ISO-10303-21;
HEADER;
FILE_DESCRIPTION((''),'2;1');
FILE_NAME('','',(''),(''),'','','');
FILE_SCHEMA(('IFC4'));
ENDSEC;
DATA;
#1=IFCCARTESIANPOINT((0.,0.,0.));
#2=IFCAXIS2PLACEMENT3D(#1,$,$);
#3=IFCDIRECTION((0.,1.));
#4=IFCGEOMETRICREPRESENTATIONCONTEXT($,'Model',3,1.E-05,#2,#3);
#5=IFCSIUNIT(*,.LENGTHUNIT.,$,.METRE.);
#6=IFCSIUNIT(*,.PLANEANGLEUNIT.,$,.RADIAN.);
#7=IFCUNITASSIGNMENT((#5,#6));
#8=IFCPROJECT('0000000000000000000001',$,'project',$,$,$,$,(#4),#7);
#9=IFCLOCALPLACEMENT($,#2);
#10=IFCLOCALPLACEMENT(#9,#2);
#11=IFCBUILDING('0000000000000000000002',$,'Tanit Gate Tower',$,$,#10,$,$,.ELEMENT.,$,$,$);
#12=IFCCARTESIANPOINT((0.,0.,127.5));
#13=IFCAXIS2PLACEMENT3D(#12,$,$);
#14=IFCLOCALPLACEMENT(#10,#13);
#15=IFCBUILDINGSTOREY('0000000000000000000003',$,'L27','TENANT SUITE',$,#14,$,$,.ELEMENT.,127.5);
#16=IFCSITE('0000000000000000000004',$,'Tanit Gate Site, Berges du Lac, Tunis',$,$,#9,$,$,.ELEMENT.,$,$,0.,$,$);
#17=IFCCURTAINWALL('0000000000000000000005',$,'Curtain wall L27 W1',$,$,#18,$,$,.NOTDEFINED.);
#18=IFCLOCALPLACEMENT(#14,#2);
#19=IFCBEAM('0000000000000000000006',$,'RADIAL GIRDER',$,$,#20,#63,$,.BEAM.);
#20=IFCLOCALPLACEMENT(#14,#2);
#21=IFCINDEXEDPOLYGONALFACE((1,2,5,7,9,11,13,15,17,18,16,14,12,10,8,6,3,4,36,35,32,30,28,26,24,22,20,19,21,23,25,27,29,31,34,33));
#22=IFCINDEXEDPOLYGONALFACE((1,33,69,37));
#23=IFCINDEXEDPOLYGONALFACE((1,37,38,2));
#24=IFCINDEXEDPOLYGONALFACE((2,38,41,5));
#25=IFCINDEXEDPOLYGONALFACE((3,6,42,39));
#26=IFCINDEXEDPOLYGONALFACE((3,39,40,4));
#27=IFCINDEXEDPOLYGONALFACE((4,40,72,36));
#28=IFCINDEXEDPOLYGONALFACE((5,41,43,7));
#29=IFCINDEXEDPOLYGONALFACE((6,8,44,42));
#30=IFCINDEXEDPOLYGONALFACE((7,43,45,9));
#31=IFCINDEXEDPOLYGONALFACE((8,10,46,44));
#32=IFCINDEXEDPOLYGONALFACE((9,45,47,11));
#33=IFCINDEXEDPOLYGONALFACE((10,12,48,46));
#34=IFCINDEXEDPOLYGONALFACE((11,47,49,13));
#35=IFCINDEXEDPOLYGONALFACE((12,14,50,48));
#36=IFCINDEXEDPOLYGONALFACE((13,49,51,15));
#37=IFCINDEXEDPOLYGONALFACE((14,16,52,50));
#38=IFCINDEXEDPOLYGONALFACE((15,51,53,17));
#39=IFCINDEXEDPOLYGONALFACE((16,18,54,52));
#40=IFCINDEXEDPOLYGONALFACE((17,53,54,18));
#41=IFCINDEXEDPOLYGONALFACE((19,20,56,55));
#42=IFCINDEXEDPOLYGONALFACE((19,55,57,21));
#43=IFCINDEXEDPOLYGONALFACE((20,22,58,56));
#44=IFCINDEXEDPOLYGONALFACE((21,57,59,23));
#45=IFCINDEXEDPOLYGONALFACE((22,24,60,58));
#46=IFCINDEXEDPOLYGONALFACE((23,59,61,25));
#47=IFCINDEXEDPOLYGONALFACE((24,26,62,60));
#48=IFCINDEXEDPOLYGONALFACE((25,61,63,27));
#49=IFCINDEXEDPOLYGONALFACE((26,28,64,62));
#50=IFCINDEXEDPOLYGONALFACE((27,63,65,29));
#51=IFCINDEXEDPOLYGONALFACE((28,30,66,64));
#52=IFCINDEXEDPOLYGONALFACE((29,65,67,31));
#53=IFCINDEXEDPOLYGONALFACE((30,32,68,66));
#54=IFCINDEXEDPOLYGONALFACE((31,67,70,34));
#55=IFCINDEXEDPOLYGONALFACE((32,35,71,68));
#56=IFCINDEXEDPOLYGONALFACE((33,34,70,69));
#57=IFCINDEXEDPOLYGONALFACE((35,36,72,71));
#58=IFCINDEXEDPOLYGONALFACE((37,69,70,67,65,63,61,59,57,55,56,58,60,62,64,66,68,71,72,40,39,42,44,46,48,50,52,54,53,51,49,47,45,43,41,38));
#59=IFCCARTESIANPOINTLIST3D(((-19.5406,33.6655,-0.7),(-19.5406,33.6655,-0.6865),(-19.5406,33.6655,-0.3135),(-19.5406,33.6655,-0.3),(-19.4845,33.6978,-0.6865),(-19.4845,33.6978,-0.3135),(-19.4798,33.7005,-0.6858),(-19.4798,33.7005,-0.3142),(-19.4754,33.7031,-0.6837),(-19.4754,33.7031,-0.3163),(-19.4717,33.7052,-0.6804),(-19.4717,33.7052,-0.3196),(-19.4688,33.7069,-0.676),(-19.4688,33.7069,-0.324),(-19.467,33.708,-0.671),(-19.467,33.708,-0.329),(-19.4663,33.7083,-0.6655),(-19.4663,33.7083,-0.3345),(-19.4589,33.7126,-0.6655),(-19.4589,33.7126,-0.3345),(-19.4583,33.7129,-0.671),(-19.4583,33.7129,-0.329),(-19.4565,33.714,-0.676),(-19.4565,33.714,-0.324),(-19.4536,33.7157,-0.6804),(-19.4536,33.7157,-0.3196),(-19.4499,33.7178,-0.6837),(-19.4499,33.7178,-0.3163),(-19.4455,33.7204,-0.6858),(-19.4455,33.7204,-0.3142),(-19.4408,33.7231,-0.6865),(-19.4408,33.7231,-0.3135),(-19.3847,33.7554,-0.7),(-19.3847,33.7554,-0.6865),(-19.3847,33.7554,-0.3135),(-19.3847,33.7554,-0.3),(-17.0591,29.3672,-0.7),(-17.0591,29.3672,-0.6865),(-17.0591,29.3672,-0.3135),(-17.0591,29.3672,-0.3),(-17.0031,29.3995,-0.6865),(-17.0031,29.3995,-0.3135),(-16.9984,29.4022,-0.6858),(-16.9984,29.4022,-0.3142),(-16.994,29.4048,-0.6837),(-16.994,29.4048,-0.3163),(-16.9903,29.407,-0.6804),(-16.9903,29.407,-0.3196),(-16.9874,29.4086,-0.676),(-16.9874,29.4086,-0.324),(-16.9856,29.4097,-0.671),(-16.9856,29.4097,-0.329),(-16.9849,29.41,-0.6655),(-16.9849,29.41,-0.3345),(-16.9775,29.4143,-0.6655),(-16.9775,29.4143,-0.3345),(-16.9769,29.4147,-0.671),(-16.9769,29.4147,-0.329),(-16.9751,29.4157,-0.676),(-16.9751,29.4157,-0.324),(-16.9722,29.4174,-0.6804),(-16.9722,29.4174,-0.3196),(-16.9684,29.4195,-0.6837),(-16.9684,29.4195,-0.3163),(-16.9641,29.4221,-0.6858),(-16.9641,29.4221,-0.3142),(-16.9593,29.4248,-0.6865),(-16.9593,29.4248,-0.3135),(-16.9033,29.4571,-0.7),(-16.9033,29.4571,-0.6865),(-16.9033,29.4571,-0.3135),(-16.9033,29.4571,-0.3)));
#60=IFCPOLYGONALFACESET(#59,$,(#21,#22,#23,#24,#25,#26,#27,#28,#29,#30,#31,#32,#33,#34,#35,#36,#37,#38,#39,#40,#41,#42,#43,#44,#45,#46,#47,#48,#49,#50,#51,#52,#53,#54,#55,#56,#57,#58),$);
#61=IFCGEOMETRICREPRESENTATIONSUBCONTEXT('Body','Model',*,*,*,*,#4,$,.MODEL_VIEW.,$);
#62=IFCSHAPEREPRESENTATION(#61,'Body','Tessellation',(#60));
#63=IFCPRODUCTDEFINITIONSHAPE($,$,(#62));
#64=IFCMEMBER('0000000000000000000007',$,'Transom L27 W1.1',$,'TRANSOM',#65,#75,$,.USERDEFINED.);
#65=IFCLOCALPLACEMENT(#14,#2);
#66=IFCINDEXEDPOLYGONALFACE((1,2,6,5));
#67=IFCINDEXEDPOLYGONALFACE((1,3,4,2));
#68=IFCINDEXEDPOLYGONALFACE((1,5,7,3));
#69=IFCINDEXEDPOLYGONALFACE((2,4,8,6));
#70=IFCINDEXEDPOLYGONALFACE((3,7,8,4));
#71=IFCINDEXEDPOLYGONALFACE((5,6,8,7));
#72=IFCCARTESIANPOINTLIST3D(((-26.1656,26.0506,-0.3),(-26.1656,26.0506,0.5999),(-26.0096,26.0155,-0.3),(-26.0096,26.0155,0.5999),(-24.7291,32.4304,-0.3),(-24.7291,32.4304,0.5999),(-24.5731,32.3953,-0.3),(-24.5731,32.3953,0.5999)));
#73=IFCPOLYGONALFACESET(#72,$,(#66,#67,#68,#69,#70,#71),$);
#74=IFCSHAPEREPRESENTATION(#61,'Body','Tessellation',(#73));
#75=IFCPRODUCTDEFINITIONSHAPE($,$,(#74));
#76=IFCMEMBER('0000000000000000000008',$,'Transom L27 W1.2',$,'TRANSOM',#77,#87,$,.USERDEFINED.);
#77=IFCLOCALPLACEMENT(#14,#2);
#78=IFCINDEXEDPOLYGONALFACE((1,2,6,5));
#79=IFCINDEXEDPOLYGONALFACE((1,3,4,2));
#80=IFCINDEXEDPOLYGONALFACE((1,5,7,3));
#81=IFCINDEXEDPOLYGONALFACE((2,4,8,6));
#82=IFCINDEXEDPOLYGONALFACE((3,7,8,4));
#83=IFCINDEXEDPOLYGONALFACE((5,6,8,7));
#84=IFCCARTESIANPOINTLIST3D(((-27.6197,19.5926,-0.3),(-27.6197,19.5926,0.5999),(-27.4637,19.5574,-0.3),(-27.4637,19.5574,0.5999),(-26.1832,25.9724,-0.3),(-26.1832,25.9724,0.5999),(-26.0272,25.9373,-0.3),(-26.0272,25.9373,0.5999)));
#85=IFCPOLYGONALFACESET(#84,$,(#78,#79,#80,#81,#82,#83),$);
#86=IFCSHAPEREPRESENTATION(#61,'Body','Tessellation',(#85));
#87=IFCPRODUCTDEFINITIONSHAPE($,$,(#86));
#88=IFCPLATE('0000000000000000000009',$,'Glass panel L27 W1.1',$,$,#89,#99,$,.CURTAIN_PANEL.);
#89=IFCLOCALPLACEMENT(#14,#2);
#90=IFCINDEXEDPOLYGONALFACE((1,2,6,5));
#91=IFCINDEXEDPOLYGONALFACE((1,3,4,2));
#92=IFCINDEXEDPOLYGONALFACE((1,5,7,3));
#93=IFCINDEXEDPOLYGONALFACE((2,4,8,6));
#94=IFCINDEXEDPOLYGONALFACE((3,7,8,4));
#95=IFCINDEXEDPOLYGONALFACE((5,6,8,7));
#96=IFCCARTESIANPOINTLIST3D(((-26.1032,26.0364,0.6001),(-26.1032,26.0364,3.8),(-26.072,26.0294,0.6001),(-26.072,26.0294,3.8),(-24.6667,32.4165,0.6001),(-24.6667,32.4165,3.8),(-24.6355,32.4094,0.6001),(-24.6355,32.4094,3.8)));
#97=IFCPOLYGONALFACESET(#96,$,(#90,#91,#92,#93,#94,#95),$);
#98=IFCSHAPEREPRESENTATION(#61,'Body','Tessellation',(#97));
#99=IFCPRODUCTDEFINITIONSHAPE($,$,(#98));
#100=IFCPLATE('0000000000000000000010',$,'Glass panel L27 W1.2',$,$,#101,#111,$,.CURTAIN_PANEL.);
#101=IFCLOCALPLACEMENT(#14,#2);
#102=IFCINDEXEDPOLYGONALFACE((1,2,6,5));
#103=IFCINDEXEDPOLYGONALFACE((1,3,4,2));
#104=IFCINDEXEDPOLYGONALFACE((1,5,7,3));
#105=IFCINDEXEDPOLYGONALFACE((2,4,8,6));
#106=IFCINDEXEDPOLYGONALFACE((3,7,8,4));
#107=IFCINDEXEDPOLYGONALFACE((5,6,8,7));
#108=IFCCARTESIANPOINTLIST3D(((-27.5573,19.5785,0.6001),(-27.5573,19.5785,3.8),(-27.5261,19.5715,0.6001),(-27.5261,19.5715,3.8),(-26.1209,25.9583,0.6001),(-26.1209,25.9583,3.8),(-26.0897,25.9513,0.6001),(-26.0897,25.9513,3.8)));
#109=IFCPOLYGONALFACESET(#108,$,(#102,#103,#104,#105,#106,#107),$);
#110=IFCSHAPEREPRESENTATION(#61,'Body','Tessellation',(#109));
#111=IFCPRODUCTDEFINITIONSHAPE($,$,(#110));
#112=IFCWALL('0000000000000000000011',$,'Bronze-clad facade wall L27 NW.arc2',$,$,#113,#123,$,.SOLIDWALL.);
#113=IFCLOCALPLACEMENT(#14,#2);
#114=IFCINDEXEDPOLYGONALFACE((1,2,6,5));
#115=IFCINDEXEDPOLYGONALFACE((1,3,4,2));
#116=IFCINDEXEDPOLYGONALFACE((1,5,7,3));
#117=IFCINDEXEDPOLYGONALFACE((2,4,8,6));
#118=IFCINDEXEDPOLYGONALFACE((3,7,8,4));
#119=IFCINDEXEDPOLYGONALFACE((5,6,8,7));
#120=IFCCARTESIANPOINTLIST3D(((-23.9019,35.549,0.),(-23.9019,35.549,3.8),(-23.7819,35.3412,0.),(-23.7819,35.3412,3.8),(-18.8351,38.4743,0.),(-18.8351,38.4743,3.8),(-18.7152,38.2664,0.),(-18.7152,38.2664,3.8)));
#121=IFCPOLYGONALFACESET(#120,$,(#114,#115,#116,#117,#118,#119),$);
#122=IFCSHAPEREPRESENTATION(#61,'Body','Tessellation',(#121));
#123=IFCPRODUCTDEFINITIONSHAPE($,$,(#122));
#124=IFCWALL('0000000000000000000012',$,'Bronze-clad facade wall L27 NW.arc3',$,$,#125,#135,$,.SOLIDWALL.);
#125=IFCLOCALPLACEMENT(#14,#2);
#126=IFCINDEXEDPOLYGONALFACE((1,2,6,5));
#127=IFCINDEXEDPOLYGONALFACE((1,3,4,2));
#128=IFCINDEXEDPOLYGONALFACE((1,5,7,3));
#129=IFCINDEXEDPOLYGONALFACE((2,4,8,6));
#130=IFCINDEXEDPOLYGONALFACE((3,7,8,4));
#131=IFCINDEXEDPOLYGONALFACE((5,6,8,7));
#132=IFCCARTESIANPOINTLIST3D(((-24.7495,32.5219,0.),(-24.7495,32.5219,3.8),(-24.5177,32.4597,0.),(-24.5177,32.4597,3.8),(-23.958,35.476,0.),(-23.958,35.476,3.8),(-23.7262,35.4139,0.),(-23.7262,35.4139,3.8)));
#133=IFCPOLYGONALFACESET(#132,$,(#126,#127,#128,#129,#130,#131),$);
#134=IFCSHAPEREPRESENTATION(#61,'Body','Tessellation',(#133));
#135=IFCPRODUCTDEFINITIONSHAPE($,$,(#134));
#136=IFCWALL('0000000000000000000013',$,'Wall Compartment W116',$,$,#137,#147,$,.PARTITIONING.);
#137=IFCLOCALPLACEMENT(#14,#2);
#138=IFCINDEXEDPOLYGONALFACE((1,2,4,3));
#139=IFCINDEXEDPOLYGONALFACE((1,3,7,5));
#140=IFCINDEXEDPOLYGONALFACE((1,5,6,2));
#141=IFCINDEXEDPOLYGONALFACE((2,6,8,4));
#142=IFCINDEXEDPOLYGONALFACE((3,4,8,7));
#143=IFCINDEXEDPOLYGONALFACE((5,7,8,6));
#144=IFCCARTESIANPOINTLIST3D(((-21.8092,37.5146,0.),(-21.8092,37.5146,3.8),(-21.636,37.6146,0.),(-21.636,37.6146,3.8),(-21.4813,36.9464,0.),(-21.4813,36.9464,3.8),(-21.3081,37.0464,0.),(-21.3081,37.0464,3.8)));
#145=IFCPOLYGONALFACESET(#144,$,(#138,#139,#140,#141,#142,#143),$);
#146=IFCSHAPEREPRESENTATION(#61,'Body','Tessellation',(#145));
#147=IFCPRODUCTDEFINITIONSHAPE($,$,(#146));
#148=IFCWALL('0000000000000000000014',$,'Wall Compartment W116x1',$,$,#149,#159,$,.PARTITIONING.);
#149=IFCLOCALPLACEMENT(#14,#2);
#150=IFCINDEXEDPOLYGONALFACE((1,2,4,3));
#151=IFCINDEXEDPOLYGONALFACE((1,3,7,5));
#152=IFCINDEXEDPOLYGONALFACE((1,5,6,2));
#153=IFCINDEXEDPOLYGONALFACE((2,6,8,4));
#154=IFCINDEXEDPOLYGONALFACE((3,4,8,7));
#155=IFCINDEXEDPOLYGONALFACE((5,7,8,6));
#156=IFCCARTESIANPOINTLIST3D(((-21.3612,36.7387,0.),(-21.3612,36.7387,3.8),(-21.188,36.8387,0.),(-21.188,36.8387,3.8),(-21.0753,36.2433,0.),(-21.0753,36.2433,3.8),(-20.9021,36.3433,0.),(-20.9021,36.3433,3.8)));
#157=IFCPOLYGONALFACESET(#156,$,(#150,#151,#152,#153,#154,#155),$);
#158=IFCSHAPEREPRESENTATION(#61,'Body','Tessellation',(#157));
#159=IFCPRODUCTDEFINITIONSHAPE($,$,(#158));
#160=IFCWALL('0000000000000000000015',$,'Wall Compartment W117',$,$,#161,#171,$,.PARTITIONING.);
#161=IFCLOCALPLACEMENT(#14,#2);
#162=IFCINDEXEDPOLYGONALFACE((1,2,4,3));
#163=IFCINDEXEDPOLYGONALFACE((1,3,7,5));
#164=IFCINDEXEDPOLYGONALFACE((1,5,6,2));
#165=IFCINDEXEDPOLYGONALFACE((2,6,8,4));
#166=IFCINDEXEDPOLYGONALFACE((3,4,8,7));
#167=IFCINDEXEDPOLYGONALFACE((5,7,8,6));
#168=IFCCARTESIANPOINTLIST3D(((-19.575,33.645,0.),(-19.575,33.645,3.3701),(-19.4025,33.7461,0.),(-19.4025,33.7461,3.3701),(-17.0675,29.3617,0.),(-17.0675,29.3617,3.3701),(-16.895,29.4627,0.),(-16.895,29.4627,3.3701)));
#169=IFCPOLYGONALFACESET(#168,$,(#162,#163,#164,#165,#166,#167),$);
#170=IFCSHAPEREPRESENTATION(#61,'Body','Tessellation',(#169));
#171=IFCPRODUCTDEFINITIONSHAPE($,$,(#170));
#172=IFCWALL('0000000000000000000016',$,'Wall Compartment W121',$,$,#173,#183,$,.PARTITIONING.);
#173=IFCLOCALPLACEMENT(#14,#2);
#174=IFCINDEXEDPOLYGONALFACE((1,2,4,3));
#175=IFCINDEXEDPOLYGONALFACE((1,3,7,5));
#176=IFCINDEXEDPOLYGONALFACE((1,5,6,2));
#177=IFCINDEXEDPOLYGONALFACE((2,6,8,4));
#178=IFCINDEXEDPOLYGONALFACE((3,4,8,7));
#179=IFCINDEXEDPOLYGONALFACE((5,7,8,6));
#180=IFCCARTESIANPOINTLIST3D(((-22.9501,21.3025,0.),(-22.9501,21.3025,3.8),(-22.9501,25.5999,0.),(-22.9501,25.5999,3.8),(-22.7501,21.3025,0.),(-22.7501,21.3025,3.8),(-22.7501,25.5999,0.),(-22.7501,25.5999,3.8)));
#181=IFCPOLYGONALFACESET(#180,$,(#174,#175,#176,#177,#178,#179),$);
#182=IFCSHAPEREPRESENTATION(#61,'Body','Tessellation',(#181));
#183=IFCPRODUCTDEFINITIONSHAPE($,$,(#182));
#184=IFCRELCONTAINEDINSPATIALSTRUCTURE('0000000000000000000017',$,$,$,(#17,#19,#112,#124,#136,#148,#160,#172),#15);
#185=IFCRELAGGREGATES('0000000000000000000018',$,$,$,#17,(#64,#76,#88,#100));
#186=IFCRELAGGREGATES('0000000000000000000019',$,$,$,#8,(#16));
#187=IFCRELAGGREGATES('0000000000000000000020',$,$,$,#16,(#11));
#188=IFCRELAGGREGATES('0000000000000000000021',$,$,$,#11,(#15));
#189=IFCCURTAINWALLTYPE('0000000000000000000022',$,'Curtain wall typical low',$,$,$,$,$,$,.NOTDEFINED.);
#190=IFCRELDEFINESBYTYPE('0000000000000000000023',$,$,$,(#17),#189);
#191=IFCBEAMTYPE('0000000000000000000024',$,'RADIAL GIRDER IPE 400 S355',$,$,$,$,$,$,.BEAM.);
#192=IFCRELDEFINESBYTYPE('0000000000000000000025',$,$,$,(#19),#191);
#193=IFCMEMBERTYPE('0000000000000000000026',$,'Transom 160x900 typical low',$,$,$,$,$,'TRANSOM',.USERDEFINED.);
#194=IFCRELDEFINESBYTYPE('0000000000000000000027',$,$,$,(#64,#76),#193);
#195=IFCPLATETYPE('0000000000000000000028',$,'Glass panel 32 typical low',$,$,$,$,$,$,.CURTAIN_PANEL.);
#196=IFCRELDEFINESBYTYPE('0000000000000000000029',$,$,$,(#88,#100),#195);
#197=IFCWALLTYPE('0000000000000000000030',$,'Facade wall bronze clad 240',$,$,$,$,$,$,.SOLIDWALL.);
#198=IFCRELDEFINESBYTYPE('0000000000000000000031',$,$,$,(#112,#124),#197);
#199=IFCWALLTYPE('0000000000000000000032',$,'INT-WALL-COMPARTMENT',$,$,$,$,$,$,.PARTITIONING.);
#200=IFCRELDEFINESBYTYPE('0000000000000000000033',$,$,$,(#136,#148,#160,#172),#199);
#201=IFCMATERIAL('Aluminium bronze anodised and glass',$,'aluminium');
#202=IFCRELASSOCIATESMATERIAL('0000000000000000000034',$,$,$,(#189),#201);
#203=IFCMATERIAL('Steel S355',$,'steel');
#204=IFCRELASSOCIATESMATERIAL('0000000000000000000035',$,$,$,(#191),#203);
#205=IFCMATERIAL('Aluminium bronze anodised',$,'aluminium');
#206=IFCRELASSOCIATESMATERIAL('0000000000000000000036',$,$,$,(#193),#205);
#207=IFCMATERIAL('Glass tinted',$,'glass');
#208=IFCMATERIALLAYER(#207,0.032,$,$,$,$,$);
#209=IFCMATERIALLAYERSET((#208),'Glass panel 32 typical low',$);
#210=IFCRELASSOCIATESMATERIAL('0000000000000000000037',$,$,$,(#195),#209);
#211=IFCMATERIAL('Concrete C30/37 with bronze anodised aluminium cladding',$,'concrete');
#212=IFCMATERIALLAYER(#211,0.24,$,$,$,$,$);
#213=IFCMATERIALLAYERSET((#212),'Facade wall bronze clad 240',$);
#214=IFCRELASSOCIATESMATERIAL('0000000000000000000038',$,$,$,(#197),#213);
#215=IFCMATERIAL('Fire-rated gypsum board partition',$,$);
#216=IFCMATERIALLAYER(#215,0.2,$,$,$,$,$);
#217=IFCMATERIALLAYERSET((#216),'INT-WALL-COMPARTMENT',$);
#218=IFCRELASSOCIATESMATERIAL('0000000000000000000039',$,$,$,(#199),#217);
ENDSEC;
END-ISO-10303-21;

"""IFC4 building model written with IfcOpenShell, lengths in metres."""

from ifc_helpers import new_model, si_unit, direction, frame, frame_2d, origin, origin_2d, place, context, subcontext, project, spatial, rectangle, i_section, extrude, material, layer, layer_set, material_profile, profile_set, type_object, element, aggregate, save


model = new_model("IFC4")

# Units and contexts
model_context = context("Model", 3, precision=1e-05, world=origin(), true_north=direction((0.0, 1.0)))
body_context = subcontext(model_context, "Body", "Model", "MODEL_VIEW")
ifc_project = project(units=[si_unit("LENGTHUNIT", "METRE"), si_unit("PLANEANGLEUNIT", "RADIAN")], contexts=[model_context])

# Site, building, storey
site_placement = place(None, origin())
site = spatial("IfcSite", under=ifc_project, at=site_placement, Name="Tanit Gate Site, Berges du Lac, Tunis", CompositionType="ELEMENT", RefElevation=0.0)
building_placement = place(site_placement, origin())
building = spatial("IfcBuilding", under=site, at=building_placement, Name="Tanit Gate Tower", CompositionType="ELEMENT")
storey_placement = place(building_placement, frame((0.0, 0.0, 127.5)))
storey = spatial("IfcBuildingStorey", under=building, at=storey_placement, Name="L27", Description="TENANT SUITE", CompositionType="ELEMENT", Elevation=127.5)

# Curtain wall
ifc_material_1 = material(Name="Aluminium bronze anodised and glass", Category="aluminium")
curtain_wall_type = type_object("IfcCurtainWallType", Name="Curtain wall typical low", PredefinedType="NOTDEFINED", material=ifc_material_1)
curtain_wall_placement = place(storey_placement, origin())
curtain_wall = element("IfcCurtainWall", 1, at=curtain_wall_placement, inside=storey, type_object=curtain_wall_type, Name="Curtain wall L27 W1", PredefinedType="NOTDEFINED")

# Beam
ifc_material_2 = material(Name="Steel S355", Category="steel")
ifc_material_profile_1 = material_profile(ifc_material_2, i_section(OverallWidth=0.1799, OverallDepth=0.3999, WebThickness=0.0085, FlangeThickness=0.0134, FilletRadius=0.021, at=origin_2d()), Name="IPE 400")
ifc_profile_set_1 = profile_set([ifc_material_profile_1], Name="Steel S355")
beam_type_1 = type_object("IfcBeamType", Name="RADIAL GIRDER IPE 400 S355", PredefinedType="BEAM", material=ifc_profile_set_1)
beam_1_placement = place(storey_placement, frame((-19.4626, 33.7104, -0.5), z_axis=(0.499969, -0.866043, 0.0), x_axis=(0.866043, 0.499969, 0.0)))
element("IfcBeam", 2, at=beam_1_placement, inside=storey, type_object=beam_type_1, Name="RADIAL GIRDER", PredefinedType="BEAM", context=body_context, shape_type="SweptSolid", body=[
    extrude(i_section(OverallWidth=0.1799, OverallDepth=0.3999, WebThickness=0.0085, FlangeThickness=0.0134, FilletRadius=0.021, at=origin_2d()), origin(), (0.0, 0.0, 1.0), 4.9631),
])

# Members
ifc_material_3 = material(Name="Aluminium bronze anodised", Category="aluminium")
ifc_material_profile_2 = material_profile(ifc_material_3, rectangle(XDim=0.1599, YDim=0.8999, at=origin_2d()), Name="160x900 bronze transom")
ifc_profile_set_2 = profile_set([ifc_material_profile_2], Name="Aluminium bronze anodised")
member_type_1 = type_object("IfcMemberType", Name="Transom 160x900 typical low", ElementType="TRANSOM", PredefinedType="USERDEFINED", material=ifc_profile_set_2)
member_1_placement = place(storey_placement, frame((-24.6511, 32.4128, 0.1499), z_axis=(-0.219665, -0.975575, 0.0), x_axis=(0.975575, -0.219665, 0.0)))
member_1 = element("IfcMember", 3, at=member_1_placement, type_object=member_type_1, Name="Transom L27 W1.1", ObjectType="TRANSOM", PredefinedType="USERDEFINED", context=body_context, shape_type="SweptSolid", body=[
    extrude(rectangle(XDim=0.1599, YDim=0.8999, at=origin_2d()), origin(), (0.0, 0.0, 1.0), 6.5396),
])
member_2_placement = place(storey_placement, frame((-26.1052, 25.9548, 0.1499), z_axis=(-0.219665, -0.975575, 0.0), x_axis=(0.975575, -0.219665, 0.0)))
member_2 = element("IfcMember", 4, at=member_2_placement, type_object=member_type_1, Name="Transom L27 W1.2", ObjectType="TRANSOM", PredefinedType="USERDEFINED", context=body_context, shape_type="SweptSolid", body=[
    extrude(rectangle(XDim=0.1599, YDim=0.8999, at=origin_2d()), origin(), (0.0, 0.0, 1.0), 6.5396),
])

# Plates
ifc_material_4 = material(Name="Glass tinted", Category="glass")
ifc_layer_1 = layer(ifc_material_4, 0.032)
ifc_layer_set_1 = layer_set([ifc_layer_1], Name="Glass panel 32 typical low")
plate_type = type_object("IfcPlateType", Name="Glass panel 32 typical low", PredefinedType="CURTAIN_PANEL", material=ifc_layer_set_1)
plate_1_placement = place(storey_placement, frame((-25.3694, 29.2229, 0.6001), z_axis=(0.0, 0.0, 1.0), x_axis=(-0.219657, -0.975577, 0.0)))
plate_1 = element("IfcPlate", 5, at=plate_1_placement, type_object=plate_type, Name="Glass panel L27 W1.1", PredefinedType="CURTAIN_PANEL", context=body_context, shape_type="SweptSolid", body=[
    extrude(rectangle(XDim=6.5398, YDim=0.032, at=origin_2d()), origin(), (0.0, 0.0, 1.0), 3.2),
])
plate_2_placement = place(storey_placement, frame((-26.8235, 22.7649, 0.6001), z_axis=(0.0, 0.0, 1.0), x_axis=(-0.219657, -0.975577, 0.0)))
plate_2 = element("IfcPlate", 6, at=plate_2_placement, type_object=plate_type, Name="Glass panel L27 W1.2", PredefinedType="CURTAIN_PANEL", context=body_context, shape_type="SweptSolid", body=[
    extrude(rectangle(XDim=6.5396, YDim=0.032, at=origin_2d()), origin(), (0.0, 0.0, 1.0), 3.2),
])
aggregate(curtain_wall, [member_1, member_2, plate_1, plate_2])

# Walls
ifc_material_5 = material(Name="Concrete C30/37 with bronze anodised aluminium cladding", Category="concrete")
ifc_layer_2 = layer(ifc_material_5, 0.24)
ifc_layer_set_2 = layer_set([ifc_layer_2], Name="Facade wall bronze clad 240")
wall_type_1 = type_object("IfcWallType", Name="Facade wall bronze clad 240", PredefinedType="SOLIDWALL", material=ifc_layer_set_2)
wall_1_placement = place(storey_placement, frame((-18.7751, 38.3704, 0.0), z_axis=(0.0, 0.0, 1.0), x_axis=(-0.866031, -0.49999, 0.0)))
element("IfcWall", 7, at=wall_1_placement, inside=storey, type_object=wall_type_1, Name="Bronze-clad facade wall L27 NW.arc2", PredefinedType="SOLIDWALL", context=body_context, shape_type="SweptSolid", body=[
    extrude(rectangle(XDim=5.8506, YDim=0.24, at=frame_2d((2.9253, 0.0))), origin(), (0.0, 0.0, 1.0), 3.8),
])
wall_2_placement = place(storey_placement, frame((-23.842, 35.4451, 0.0), z_axis=(0.0, 0.0, 1.0), x_axis=(-0.258805, -0.96593, 0.0)))
element("IfcWall", 8, at=wall_2_placement, inside=storey, type_object=wall_type_1, Name="Bronze-clad facade wall L27 NW.arc3", PredefinedType="SOLIDWALL", context=body_context, shape_type="SweptSolid", body=[
    extrude(rectangle(XDim=3.0583, YDim=0.24, at=frame_2d((1.5293, 0.0))), origin(), (0.0, 0.0, 1.0), 3.8),
])
ifc_material_6 = material(Name="Fire-rated gypsum board partition")
ifc_layer_3 = layer(ifc_material_6, 0.2)
ifc_layer_set_3 = layer_set([ifc_layer_3], Name="INT-WALL-COMPARTMENT")
wall_type_2 = type_object("IfcWallType", Name="INT-WALL-COMPARTMENT", PredefinedType="PARTITIONING", material=ifc_layer_set_3)
wall_3_placement = place(storey_placement, frame((-21.7227, 37.5647, 0.0), z_axis=(0.0, 0.0, 1.0), x_axis=(0.499862, -0.866105, 0.0)))
element("IfcWall", 9, at=wall_3_placement, inside=storey, type_object=wall_type_2, Name="Wall Compartment W116", PredefinedType="PARTITIONING", context=body_context, shape_type="SweptSolid", body=[
    extrude(rectangle(XDim=0.656, YDim=0.2, at=frame_2d((0.3281, 0.0))), origin(), (0.0, 0.0, 1.0), 3.8),
])
wall_4_placement = place(storey_placement, frame((-21.2747, 36.7888, 0.0), z_axis=(0.0, 0.0, 1.0), x_axis=(0.499858, -0.866107, 0.0)))
element("IfcWall", 10, at=wall_4_placement, inside=storey, type_object=wall_type_2, Name="Wall Compartment W116x1", PredefinedType="PARTITIONING", context=body_context, shape_type="SweptSolid", body=[
    extrude(rectangle(XDim=0.572, YDim=0.2, at=frame_2d((0.2861, 0.0))), origin(), (0.0, 0.0, 1.0), 3.8),
])
wall_5_placement = place(storey_placement, frame((-19.4888, 33.6956, 0.0), z_axis=(0.0, 0.0, 1.0), x_axis=(0.505207, -0.862998, 0.0)))
element("IfcWall", 11, at=wall_5_placement, inside=storey, type_object=wall_type_2, Name="Wall Compartment W117", PredefinedType="PARTITIONING", context=body_context, shape_type="SweptSolid", body=[
    extrude(rectangle(XDim=4.9634, YDim=0.2, at=frame_2d((2.4817, 0.0))), origin(), (0.0, 0.0, 1.0), 3.3701),
])
wall_6_placement = place(storey_placement, frame((-22.8501, 21.3025, 0.0), z_axis=(0.0, 0.0, 1.0), x_axis=(0.0, 1.0, 0.0)))
element("IfcWall", 12, at=wall_6_placement, inside=storey, type_object=wall_type_2, Name="Wall Compartment W121", PredefinedType="PARTITIONING", context=body_context, shape_type="SweptSolid", body=[
    extrude(rectangle(XDim=4.2974, YDim=0.2, at=frame_2d((2.1487, 0.0))), origin(), (0.0, 0.0, 1.0), 3.8),
])

save(model, "model.ifc")
